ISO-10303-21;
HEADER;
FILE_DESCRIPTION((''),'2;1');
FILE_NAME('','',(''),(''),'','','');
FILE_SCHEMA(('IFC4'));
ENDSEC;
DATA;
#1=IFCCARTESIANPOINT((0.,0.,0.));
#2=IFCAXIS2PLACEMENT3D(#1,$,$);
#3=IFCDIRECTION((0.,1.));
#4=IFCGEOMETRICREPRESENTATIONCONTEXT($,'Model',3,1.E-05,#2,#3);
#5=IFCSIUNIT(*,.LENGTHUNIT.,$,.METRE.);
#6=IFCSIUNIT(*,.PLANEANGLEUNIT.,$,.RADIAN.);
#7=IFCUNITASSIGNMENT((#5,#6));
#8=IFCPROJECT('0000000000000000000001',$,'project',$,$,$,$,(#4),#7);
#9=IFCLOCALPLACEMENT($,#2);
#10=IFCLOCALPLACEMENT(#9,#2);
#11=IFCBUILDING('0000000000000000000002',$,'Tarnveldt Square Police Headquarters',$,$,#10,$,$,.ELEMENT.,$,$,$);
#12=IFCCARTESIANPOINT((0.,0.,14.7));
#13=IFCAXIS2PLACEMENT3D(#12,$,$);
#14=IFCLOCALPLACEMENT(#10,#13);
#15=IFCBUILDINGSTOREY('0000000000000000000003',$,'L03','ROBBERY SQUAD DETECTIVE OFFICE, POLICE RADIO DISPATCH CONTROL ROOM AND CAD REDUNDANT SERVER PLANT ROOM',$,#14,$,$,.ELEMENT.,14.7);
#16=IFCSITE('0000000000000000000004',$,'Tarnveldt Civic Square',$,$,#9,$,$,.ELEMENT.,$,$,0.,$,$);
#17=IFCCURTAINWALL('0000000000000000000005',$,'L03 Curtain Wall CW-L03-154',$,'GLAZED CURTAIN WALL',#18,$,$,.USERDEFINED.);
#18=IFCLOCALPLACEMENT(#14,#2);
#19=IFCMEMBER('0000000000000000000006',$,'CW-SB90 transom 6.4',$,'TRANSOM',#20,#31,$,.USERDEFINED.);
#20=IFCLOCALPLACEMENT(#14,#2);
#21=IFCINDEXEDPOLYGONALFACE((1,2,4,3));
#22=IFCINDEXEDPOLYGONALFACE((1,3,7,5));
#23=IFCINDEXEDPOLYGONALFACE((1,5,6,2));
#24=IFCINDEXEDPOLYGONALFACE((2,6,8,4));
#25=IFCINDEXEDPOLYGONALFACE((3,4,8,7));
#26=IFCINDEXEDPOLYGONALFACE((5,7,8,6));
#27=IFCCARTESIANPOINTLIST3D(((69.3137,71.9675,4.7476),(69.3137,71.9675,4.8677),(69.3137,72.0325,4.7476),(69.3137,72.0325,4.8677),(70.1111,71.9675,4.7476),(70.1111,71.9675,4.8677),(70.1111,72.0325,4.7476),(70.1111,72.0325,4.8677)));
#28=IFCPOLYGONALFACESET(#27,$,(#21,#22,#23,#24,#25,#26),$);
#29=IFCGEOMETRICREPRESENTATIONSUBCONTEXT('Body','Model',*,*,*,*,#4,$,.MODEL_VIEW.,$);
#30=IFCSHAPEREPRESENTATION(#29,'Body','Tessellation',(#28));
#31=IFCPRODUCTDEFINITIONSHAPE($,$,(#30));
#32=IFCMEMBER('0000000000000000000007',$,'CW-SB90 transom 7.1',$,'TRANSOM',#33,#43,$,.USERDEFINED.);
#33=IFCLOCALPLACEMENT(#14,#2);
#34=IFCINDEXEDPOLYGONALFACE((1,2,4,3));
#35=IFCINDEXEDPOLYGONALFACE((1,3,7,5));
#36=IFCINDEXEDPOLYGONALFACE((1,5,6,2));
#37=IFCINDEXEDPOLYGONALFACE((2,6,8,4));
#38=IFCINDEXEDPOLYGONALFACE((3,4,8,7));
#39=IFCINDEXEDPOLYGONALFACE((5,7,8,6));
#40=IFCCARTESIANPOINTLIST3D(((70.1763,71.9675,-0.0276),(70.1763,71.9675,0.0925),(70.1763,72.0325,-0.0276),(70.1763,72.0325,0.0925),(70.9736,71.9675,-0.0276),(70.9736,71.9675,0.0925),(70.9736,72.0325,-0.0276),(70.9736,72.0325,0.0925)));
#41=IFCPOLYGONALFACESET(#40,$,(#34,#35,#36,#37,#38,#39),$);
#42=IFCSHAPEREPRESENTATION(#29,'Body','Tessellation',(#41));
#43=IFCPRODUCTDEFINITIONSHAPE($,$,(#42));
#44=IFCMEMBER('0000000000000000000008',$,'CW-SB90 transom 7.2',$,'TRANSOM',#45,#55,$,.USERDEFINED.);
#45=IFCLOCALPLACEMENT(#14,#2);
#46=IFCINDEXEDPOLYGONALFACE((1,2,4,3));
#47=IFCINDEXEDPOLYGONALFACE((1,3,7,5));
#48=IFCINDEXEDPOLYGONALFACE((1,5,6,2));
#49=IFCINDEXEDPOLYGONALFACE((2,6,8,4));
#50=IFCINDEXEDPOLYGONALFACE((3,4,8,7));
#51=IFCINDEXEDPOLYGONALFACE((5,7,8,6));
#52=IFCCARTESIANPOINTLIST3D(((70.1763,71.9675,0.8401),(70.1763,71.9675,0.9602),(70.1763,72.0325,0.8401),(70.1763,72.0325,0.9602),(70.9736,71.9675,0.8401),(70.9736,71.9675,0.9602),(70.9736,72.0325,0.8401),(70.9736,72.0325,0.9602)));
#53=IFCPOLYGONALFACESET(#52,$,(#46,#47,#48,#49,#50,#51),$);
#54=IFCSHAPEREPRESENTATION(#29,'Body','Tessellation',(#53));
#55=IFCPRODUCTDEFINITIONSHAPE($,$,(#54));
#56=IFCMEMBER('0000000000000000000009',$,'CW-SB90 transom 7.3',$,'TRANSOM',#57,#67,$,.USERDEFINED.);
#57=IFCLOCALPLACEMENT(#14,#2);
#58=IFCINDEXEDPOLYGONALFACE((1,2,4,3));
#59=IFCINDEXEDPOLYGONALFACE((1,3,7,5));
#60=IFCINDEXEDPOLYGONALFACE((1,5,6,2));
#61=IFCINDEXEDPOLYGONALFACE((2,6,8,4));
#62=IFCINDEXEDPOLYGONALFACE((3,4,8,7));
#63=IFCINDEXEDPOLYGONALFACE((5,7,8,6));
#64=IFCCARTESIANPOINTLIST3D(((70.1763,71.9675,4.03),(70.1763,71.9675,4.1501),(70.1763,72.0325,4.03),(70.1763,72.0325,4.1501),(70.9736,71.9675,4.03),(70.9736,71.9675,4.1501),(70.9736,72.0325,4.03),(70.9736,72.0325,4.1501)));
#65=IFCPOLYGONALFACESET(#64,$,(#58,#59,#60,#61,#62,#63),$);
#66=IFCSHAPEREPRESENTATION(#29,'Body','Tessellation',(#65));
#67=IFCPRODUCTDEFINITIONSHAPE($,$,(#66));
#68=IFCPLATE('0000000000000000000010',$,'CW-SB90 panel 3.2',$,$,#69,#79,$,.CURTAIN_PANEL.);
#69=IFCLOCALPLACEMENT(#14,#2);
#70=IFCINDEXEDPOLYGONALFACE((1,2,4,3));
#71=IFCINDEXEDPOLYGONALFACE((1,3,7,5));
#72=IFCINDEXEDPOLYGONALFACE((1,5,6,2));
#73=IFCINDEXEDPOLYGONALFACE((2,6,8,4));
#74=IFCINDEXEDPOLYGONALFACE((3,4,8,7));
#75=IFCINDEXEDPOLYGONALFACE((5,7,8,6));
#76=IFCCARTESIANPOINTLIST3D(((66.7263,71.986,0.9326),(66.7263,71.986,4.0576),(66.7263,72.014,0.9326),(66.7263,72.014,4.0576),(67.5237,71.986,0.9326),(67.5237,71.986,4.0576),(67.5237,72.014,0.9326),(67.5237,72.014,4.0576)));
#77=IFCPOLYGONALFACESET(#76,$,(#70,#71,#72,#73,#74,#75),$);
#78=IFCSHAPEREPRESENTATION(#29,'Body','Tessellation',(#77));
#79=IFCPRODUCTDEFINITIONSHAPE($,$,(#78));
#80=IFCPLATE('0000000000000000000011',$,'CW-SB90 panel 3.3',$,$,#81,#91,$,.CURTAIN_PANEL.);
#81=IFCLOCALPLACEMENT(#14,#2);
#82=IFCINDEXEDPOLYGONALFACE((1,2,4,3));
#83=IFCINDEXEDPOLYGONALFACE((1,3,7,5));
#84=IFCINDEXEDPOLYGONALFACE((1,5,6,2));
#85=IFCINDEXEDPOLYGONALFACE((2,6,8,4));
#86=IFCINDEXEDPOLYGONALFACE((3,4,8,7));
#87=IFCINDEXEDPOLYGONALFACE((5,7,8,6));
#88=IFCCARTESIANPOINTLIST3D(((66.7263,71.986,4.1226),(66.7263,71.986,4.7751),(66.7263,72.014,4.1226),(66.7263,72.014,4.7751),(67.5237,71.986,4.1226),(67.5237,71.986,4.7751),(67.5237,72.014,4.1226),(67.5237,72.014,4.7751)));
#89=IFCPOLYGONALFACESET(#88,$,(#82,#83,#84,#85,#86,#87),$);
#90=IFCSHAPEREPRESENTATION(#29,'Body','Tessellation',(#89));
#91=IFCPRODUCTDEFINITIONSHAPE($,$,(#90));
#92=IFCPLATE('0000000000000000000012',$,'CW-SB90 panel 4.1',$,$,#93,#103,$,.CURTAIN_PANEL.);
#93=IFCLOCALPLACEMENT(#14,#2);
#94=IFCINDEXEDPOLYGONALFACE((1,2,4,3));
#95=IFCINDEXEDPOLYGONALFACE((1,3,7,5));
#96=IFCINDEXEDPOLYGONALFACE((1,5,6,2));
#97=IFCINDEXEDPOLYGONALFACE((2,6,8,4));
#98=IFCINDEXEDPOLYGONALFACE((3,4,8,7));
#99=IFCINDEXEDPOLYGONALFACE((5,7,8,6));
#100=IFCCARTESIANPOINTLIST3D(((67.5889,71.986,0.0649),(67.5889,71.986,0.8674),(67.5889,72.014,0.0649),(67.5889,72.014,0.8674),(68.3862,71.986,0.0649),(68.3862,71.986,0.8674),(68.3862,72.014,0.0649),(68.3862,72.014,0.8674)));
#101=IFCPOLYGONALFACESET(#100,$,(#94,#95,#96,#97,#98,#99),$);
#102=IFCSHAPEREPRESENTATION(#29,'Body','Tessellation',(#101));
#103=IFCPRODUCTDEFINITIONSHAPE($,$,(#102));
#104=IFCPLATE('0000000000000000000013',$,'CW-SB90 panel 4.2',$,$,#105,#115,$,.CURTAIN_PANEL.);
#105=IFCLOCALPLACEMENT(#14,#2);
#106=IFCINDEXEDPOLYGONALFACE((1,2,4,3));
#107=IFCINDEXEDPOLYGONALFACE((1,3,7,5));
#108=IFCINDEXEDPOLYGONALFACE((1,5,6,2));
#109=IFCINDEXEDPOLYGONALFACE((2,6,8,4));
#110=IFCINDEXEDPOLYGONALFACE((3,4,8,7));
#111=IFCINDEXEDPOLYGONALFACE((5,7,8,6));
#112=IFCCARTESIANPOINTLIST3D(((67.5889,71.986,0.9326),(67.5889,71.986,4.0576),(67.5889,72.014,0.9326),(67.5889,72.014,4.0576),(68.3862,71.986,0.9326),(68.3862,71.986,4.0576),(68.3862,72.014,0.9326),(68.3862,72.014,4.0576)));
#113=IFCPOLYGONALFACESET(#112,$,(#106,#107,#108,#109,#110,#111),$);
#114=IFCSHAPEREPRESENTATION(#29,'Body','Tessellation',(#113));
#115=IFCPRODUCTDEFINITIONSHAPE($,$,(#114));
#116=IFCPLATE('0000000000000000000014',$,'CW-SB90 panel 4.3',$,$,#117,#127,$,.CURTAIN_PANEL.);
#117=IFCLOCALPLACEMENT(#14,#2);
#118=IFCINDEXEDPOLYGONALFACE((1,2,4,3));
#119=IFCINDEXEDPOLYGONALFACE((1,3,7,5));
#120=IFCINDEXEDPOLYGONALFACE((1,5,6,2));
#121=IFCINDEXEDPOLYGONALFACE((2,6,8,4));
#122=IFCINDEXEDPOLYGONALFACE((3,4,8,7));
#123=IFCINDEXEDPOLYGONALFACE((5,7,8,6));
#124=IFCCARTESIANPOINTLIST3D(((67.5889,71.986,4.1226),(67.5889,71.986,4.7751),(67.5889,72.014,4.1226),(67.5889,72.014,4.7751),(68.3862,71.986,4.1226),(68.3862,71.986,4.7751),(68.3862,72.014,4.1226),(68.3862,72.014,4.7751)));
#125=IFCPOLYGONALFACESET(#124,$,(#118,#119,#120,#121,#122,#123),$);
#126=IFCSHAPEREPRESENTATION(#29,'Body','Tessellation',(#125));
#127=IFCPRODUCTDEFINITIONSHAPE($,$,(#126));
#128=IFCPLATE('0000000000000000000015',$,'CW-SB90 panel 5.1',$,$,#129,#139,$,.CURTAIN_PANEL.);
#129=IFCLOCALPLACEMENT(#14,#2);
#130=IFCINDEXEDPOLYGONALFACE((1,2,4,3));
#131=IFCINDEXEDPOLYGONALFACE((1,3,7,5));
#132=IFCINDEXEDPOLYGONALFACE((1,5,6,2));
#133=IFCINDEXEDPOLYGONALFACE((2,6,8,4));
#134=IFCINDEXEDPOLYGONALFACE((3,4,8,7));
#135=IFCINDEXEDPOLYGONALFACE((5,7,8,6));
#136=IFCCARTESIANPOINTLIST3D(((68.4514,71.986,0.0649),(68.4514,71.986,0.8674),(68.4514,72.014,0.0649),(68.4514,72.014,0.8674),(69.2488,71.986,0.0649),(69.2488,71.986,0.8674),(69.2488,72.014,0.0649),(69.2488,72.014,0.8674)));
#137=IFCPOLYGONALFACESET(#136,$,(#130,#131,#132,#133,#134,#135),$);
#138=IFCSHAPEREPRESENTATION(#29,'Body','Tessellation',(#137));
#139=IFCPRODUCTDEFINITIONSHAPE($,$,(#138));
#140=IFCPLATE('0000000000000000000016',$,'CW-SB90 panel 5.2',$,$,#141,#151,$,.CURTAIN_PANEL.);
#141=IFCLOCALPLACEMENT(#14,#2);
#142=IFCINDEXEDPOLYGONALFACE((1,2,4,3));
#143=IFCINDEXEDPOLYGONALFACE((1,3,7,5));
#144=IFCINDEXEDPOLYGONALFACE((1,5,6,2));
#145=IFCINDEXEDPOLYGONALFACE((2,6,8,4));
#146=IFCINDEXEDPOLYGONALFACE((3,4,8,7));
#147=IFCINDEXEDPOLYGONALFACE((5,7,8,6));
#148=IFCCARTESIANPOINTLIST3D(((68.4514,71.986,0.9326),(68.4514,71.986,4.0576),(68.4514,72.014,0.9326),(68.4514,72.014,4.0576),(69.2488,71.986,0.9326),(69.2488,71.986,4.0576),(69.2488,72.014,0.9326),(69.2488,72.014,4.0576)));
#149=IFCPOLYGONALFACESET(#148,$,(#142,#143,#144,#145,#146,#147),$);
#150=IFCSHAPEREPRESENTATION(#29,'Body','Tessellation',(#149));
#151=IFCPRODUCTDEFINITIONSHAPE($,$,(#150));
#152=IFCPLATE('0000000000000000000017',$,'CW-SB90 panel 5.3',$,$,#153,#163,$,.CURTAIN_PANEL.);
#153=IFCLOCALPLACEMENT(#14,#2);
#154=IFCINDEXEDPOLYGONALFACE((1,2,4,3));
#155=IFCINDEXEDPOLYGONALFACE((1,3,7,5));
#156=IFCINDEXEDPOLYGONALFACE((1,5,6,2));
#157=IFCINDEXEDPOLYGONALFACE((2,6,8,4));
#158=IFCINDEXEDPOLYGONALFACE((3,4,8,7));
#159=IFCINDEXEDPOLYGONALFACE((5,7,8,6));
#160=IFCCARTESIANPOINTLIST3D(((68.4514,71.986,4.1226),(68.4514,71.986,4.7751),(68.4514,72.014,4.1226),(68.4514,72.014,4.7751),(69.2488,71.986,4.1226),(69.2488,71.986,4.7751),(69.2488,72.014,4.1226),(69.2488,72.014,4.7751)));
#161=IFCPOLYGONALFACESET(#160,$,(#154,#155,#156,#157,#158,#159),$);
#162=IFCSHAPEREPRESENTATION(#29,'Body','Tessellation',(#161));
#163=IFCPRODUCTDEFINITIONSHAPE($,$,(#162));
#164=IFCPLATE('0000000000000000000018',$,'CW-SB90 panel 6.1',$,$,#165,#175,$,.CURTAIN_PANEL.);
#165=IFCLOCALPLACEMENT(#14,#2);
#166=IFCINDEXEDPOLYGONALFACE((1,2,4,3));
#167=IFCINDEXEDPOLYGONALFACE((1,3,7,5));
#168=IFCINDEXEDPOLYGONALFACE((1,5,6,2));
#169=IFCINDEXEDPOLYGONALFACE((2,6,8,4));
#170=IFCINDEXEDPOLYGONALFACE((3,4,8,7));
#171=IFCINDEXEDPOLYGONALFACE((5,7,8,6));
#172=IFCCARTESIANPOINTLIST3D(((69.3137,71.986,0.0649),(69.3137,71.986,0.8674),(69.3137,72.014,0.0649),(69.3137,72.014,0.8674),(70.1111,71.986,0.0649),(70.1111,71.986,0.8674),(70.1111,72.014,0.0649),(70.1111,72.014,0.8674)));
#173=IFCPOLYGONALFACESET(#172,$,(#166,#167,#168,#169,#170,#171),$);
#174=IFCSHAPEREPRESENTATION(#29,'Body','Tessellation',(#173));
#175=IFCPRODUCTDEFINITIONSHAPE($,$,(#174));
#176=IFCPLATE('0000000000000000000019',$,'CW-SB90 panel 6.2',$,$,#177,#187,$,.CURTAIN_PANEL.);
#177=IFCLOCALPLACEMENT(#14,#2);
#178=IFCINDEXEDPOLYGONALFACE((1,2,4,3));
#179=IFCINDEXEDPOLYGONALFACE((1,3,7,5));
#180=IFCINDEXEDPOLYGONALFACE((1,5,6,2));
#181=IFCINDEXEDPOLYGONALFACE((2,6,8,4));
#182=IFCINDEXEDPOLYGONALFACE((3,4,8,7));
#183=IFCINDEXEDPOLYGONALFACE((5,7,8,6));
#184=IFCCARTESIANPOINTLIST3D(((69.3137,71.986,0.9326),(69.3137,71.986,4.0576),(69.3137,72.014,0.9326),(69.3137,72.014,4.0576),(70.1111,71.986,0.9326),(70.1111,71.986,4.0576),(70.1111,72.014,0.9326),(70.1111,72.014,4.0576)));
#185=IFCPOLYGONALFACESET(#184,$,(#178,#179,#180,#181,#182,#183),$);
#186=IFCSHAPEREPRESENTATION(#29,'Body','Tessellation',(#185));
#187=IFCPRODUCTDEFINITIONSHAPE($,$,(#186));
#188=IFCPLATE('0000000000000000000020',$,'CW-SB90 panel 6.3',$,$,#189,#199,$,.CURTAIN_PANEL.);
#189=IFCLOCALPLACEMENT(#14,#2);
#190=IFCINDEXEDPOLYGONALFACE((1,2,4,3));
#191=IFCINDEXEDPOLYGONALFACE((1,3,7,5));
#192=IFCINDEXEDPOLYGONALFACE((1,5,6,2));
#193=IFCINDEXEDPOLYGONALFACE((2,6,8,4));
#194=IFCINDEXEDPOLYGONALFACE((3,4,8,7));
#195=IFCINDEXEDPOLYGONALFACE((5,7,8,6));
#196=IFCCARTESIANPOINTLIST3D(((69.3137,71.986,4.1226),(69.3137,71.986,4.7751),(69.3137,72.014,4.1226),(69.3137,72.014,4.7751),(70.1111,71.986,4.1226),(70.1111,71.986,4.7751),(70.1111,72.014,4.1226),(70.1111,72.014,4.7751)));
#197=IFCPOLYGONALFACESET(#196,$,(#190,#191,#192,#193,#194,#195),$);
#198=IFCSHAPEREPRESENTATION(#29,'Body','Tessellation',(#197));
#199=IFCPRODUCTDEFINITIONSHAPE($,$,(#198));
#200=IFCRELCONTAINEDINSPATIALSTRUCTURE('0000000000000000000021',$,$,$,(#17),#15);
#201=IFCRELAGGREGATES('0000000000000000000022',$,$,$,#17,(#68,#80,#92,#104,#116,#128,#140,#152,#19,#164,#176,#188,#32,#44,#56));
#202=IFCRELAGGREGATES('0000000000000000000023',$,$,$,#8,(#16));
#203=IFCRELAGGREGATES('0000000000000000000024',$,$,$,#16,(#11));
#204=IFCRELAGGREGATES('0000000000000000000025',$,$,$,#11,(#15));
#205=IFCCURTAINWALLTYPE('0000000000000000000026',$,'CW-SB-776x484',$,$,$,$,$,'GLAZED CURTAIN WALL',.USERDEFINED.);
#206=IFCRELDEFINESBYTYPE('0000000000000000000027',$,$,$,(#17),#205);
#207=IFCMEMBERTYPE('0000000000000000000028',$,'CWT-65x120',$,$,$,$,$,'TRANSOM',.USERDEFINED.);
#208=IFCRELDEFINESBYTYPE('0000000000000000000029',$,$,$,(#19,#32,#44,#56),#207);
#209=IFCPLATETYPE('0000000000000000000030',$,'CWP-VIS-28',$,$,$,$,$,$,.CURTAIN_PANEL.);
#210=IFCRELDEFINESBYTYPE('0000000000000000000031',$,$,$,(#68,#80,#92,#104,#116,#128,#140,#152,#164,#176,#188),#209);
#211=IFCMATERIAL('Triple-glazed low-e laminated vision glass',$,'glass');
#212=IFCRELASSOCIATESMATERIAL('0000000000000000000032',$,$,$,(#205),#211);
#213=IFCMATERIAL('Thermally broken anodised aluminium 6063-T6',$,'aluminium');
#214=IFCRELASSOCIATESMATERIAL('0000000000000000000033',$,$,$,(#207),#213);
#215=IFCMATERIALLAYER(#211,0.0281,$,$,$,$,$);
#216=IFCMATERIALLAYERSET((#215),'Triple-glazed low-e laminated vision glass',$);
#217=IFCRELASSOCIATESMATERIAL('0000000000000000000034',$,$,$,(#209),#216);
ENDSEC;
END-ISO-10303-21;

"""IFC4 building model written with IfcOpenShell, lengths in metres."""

from ifc_helpers import new_model, si_unit, direction, frame, origin, origin_2d, place, context, subcontext, project, spatial, rectangle, extrude, material, layer, layer_set, material_profile, profile_set, type_object, element, aggregate, save


model = new_model("IFC4")

# Units and contexts
model_context = context("Model", 3, precision=1e-05, world=origin(), true_north=direction((0.0, 1.0)))
body_context = subcontext(model_context, "Body", "Model", "MODEL_VIEW")
ifc_project = project(units=[si_unit("LENGTHUNIT", "METRE"), si_unit("PLANEANGLEUNIT", "RADIAN")], contexts=[model_context])

# Site, building, storey
site_placement = place(None, origin())
site = spatial("IfcSite", under=ifc_project, at=site_placement, Name="Tarnveldt Civic Square", CompositionType="ELEMENT", RefElevation=0.0)
building_placement = place(site_placement, origin())
building = spatial("IfcBuilding", under=site, at=building_placement, Name="Tarnveldt Square Police Headquarters", CompositionType="ELEMENT")
storey_placement = place(building_placement, frame((0.0, 0.0, 14.7)))
storey = spatial("IfcBuildingStorey", under=building, at=storey_placement, Name="L03", Description="ROBBERY SQUAD DETECTIVE OFFICE, POLICE RADIO DISPATCH CONTROL ROOM AND CAD REDUNDANT SERVER PLANT ROOM", CompositionType="ELEMENT", Elevation=14.7)

# Curtain wall, members, plates
ifc_material_1 = material(Name="Triple-glazed low-e laminated vision glass", Category="glass")
curtain_wall_type = type_object("IfcCurtainWallType", Name="CW-SB-776x484", ElementType="GLAZED CURTAIN WALL", PredefinedType="USERDEFINED", material=ifc_material_1)
curtain_wall_placement = place(storey_placement, origin())
curtain_wall = element("IfcCurtainWall", 1, at=curtain_wall_placement, inside=storey, type_object=curtain_wall_type, Name="L03 Curtain Wall CW-L03-154", ObjectType="GLAZED CURTAIN WALL", PredefinedType="USERDEFINED")
ifc_material_2 = material(Name="Thermally broken anodised aluminium 6063-T6", Category="aluminium")
ifc_material_profile_1 = material_profile(ifc_material_2, rectangle(XDim=0.0649, YDim=0.1201, at=origin_2d()), Name="CW-T65x120")
ifc_profile_set_1 = profile_set([ifc_material_profile_1], Name="Thermally broken anodised aluminium 6063-T6")
member_type_1 = type_object("IfcMemberType", Name="CWT-65x120", ElementType="TRANSOM", PredefinedType="USERDEFINED", material=ifc_profile_set_1)
member_1_placement = place(storey_placement, frame((69.3137, 72.0, 4.8076), z_axis=(1.0, 0.0, 0.0), x_axis=(0.0, 1.0, 0.0)))
member_1 = element("IfcMember", 2, at=member_1_placement, type_object=member_type_1, Name="CW-SB90 transom 6.4", ObjectType="TRANSOM", PredefinedType="USERDEFINED", context=body_context, shape_type="SweptSolid", body=[
    extrude(rectangle(XDim=0.0649, YDim=0.1201, at=origin_2d()), origin(), (0.0, 0.0, 1.0), 0.7974),
])
member_2_placement = place(storey_placement, frame((70.1763, 72.0, 0.0325), z_axis=(1.0, 0.0, 0.0), x_axis=(0.0, 1.0, 0.0)))
member_2 = element("IfcMember", 3, at=member_2_placement, type_object=member_type_1, Name="CW-SB90 transom 7.1", ObjectType="TRANSOM", PredefinedType="USERDEFINED", context=body_context, shape_type="SweptSolid", body=[
    extrude(rectangle(XDim=0.0649, YDim=0.1201, at=origin_2d()), origin(), (0.0, 0.0, 1.0), 0.7974),
])
member_3_placement = place(storey_placement, frame((70.1763, 72.0, 0.9001), z_axis=(1.0, 0.0, 0.0), x_axis=(0.0, 1.0, 0.0)))
member_3 = element("IfcMember", 4, at=member_3_placement, type_object=member_type_1, Name="CW-SB90 transom 7.2", ObjectType="TRANSOM", PredefinedType="USERDEFINED", context=body_context, shape_type="SweptSolid", body=[
    extrude(rectangle(XDim=0.0649, YDim=0.1201, at=origin_2d()), origin(), (0.0, 0.0, 1.0), 0.7974),
])
member_4_placement = place(storey_placement, frame((70.1763, 72.0, 4.0901), z_axis=(1.0, 0.0, 0.0), x_axis=(0.0, 1.0, 0.0)))
member_4 = element("IfcMember", 5, at=member_4_placement, type_object=member_type_1, Name="CW-SB90 transom 7.3", ObjectType="TRANSOM", PredefinedType="USERDEFINED", context=body_context, shape_type="SweptSolid", body=[
    extrude(rectangle(XDim=0.0649, YDim=0.1201, at=origin_2d()), origin(), (0.0, 0.0, 1.0), 0.7974),
])
ifc_layer = layer(ifc_material_1, 0.0281)
ifc_layer_set = layer_set([ifc_layer], Name="Triple-glazed low-e laminated vision glass")
plate_type = type_object("IfcPlateType", Name="CWP-VIS-28", PredefinedType="CURTAIN_PANEL", material=ifc_layer_set)
plate_1_placement = place(storey_placement, frame((67.125, 72.0, 0.9326), z_axis=(0.0, 0.0, 1.0), x_axis=(1.0, 0.0, 0.0)))
plate_1 = element("IfcPlate", 6, at=plate_1_placement, type_object=plate_type, Name="CW-SB90 panel 3.2", PredefinedType="CURTAIN_PANEL", context=body_context, shape_type="SweptSolid", body=[
    extrude(rectangle(XDim=0.7974, YDim=0.0281, at=origin_2d()), origin(), (0.0, 0.0, 1.0), 3.125),
])
plate_2_placement = place(storey_placement, frame((67.125, 72.0, 4.1226), z_axis=(0.0, 0.0, 1.0), x_axis=(1.0, 0.0, 0.0)))
plate_2 = element("IfcPlate", 7, at=plate_2_placement, type_object=plate_type, Name="CW-SB90 panel 3.3", PredefinedType="CURTAIN_PANEL", context=body_context, shape_type="SweptSolid", body=[
    extrude(rectangle(XDim=0.7974, YDim=0.0281, at=origin_2d()), origin(), (0.0, 0.0, 1.0), 0.6526),
])
plate_3_placement = place(storey_placement, frame((67.9875, 72.0, 0.0649), z_axis=(0.0, 0.0, 1.0), x_axis=(1.0, 0.0, 0.0)))
plate_3 = element("IfcPlate", 8, at=plate_3_placement, type_object=plate_type, Name="CW-SB90 panel 4.1", PredefinedType="CURTAIN_PANEL", context=body_context, shape_type="SweptSolid", body=[
    extrude(rectangle(XDim=0.7974, YDim=0.0281, at=origin_2d()), origin(), (0.0, 0.0, 1.0), 0.8025),
])
plate_4_placement = place(storey_placement, frame((67.9875, 72.0, 0.9326), z_axis=(0.0, 0.0, 1.0), x_axis=(1.0, 0.0, 0.0)))
plate_4 = element("IfcPlate", 9, at=plate_4_placement, type_object=plate_type, Name="CW-SB90 panel 4.2", PredefinedType="CURTAIN_PANEL", context=body_context, shape_type="SweptSolid", body=[
    extrude(rectangle(XDim=0.7974, YDim=0.0281, at=origin_2d()), origin(), (0.0, 0.0, 1.0), 3.125),
])
plate_5_placement = place(storey_placement, frame((67.9875, 72.0, 4.1226), z_axis=(0.0, 0.0, 1.0), x_axis=(1.0, 0.0, 0.0)))
plate_5 = element("IfcPlate", 10, at=plate_5_placement, type_object=plate_type, Name="CW-SB90 panel 4.3", PredefinedType="CURTAIN_PANEL", context=body_context, shape_type="SweptSolid", body=[
    extrude(rectangle(XDim=0.7974, YDim=0.0281, at=origin_2d()), origin(), (0.0, 0.0, 1.0), 0.6526),
])
plate_6_placement = place(storey_placement, frame((68.8501, 72.0, 0.0649), z_axis=(0.0, 0.0, 1.0), x_axis=(1.0, 0.0, 0.0)))
plate_6 = element("IfcPlate", 11, at=plate_6_placement, type_object=plate_type, Name="CW-SB90 panel 5.1", PredefinedType="CURTAIN_PANEL", context=body_context, shape_type="SweptSolid", body=[
    extrude(rectangle(XDim=0.7974, YDim=0.0281, at=origin_2d()), origin(), (0.0, 0.0, 1.0), 0.8025),
])
plate_7_placement = place(storey_placement, frame((68.8501, 72.0, 0.9326), z_axis=(0.0, 0.0, 1.0), x_axis=(1.0, 0.0, 0.0)))
plate_7 = element("IfcPlate", 12, at=plate_7_placement, type_object=plate_type, Name="CW-SB90 panel 5.2", PredefinedType="CURTAIN_PANEL", context=body_context, shape_type="SweptSolid", body=[
    extrude(rectangle(XDim=0.7974, YDim=0.0281, at=origin_2d()), origin(), (0.0, 0.0, 1.0), 3.125),
])
plate_8_placement = place(storey_placement, frame((68.8501, 72.0, 4.1226), z_axis=(0.0, 0.0, 1.0), x_axis=(1.0, 0.0, 0.0)))
plate_8 = element("IfcPlate", 13, at=plate_8_placement, type_object=plate_type, Name="CW-SB90 panel 5.3", PredefinedType="CURTAIN_PANEL", context=body_context, shape_type="SweptSolid", body=[
    extrude(rectangle(XDim=0.7974, YDim=0.0281, at=origin_2d()), origin(), (0.0, 0.0, 1.0), 0.6526),
])
plate_9_placement = place(storey_placement, frame((69.7124, 72.0, 0.0649), z_axis=(0.0, 0.0, 1.0), x_axis=(1.0, 0.0, 0.0)))
plate_9 = element("IfcPlate", 14, at=plate_9_placement, type_object=plate_type, Name="CW-SB90 panel 6.1", PredefinedType="CURTAIN_PANEL", context=body_context, shape_type="SweptSolid", body=[
    extrude(rectangle(XDim=0.7974, YDim=0.0281, at=origin_2d()), origin(), (0.0, 0.0, 1.0), 0.8025),
])
plate_10_placement = place(storey_placement, frame((69.7124, 72.0, 0.9326), z_axis=(0.0, 0.0, 1.0), x_axis=(1.0, 0.0, 0.0)))
plate_10 = element("IfcPlate", 15, at=plate_10_placement, type_object=plate_type, Name="CW-SB90 panel 6.2", PredefinedType="CURTAIN_PANEL", context=body_context, shape_type="SweptSolid", body=[
    extrude(rectangle(XDim=0.7974, YDim=0.0281, at=origin_2d()), origin(), (0.0, 0.0, 1.0), 3.125),
])
plate_11_placement = place(storey_placement, frame((69.7124, 72.0, 4.1226), z_axis=(0.0, 0.0, 1.0), x_axis=(1.0, 0.0, 0.0)))
plate_11 = element("IfcPlate", 16, at=plate_11_placement, type_object=plate_type, Name="CW-SB90 panel 6.3", PredefinedType="CURTAIN_PANEL", context=body_context, shape_type="SweptSolid", body=[
    extrude(rectangle(XDim=0.7974, YDim=0.0281, at=origin_2d()), origin(), (0.0, 0.0, 1.0), 0.6526),
])
aggregate(curtain_wall, [plate_1, plate_2, plate_3, plate_4, plate_5, plate_6, plate_7, plate_8, member_1, plate_9, plate_10, plate_11, member_2, member_3, member_4])

save(model, "model.ifc")
